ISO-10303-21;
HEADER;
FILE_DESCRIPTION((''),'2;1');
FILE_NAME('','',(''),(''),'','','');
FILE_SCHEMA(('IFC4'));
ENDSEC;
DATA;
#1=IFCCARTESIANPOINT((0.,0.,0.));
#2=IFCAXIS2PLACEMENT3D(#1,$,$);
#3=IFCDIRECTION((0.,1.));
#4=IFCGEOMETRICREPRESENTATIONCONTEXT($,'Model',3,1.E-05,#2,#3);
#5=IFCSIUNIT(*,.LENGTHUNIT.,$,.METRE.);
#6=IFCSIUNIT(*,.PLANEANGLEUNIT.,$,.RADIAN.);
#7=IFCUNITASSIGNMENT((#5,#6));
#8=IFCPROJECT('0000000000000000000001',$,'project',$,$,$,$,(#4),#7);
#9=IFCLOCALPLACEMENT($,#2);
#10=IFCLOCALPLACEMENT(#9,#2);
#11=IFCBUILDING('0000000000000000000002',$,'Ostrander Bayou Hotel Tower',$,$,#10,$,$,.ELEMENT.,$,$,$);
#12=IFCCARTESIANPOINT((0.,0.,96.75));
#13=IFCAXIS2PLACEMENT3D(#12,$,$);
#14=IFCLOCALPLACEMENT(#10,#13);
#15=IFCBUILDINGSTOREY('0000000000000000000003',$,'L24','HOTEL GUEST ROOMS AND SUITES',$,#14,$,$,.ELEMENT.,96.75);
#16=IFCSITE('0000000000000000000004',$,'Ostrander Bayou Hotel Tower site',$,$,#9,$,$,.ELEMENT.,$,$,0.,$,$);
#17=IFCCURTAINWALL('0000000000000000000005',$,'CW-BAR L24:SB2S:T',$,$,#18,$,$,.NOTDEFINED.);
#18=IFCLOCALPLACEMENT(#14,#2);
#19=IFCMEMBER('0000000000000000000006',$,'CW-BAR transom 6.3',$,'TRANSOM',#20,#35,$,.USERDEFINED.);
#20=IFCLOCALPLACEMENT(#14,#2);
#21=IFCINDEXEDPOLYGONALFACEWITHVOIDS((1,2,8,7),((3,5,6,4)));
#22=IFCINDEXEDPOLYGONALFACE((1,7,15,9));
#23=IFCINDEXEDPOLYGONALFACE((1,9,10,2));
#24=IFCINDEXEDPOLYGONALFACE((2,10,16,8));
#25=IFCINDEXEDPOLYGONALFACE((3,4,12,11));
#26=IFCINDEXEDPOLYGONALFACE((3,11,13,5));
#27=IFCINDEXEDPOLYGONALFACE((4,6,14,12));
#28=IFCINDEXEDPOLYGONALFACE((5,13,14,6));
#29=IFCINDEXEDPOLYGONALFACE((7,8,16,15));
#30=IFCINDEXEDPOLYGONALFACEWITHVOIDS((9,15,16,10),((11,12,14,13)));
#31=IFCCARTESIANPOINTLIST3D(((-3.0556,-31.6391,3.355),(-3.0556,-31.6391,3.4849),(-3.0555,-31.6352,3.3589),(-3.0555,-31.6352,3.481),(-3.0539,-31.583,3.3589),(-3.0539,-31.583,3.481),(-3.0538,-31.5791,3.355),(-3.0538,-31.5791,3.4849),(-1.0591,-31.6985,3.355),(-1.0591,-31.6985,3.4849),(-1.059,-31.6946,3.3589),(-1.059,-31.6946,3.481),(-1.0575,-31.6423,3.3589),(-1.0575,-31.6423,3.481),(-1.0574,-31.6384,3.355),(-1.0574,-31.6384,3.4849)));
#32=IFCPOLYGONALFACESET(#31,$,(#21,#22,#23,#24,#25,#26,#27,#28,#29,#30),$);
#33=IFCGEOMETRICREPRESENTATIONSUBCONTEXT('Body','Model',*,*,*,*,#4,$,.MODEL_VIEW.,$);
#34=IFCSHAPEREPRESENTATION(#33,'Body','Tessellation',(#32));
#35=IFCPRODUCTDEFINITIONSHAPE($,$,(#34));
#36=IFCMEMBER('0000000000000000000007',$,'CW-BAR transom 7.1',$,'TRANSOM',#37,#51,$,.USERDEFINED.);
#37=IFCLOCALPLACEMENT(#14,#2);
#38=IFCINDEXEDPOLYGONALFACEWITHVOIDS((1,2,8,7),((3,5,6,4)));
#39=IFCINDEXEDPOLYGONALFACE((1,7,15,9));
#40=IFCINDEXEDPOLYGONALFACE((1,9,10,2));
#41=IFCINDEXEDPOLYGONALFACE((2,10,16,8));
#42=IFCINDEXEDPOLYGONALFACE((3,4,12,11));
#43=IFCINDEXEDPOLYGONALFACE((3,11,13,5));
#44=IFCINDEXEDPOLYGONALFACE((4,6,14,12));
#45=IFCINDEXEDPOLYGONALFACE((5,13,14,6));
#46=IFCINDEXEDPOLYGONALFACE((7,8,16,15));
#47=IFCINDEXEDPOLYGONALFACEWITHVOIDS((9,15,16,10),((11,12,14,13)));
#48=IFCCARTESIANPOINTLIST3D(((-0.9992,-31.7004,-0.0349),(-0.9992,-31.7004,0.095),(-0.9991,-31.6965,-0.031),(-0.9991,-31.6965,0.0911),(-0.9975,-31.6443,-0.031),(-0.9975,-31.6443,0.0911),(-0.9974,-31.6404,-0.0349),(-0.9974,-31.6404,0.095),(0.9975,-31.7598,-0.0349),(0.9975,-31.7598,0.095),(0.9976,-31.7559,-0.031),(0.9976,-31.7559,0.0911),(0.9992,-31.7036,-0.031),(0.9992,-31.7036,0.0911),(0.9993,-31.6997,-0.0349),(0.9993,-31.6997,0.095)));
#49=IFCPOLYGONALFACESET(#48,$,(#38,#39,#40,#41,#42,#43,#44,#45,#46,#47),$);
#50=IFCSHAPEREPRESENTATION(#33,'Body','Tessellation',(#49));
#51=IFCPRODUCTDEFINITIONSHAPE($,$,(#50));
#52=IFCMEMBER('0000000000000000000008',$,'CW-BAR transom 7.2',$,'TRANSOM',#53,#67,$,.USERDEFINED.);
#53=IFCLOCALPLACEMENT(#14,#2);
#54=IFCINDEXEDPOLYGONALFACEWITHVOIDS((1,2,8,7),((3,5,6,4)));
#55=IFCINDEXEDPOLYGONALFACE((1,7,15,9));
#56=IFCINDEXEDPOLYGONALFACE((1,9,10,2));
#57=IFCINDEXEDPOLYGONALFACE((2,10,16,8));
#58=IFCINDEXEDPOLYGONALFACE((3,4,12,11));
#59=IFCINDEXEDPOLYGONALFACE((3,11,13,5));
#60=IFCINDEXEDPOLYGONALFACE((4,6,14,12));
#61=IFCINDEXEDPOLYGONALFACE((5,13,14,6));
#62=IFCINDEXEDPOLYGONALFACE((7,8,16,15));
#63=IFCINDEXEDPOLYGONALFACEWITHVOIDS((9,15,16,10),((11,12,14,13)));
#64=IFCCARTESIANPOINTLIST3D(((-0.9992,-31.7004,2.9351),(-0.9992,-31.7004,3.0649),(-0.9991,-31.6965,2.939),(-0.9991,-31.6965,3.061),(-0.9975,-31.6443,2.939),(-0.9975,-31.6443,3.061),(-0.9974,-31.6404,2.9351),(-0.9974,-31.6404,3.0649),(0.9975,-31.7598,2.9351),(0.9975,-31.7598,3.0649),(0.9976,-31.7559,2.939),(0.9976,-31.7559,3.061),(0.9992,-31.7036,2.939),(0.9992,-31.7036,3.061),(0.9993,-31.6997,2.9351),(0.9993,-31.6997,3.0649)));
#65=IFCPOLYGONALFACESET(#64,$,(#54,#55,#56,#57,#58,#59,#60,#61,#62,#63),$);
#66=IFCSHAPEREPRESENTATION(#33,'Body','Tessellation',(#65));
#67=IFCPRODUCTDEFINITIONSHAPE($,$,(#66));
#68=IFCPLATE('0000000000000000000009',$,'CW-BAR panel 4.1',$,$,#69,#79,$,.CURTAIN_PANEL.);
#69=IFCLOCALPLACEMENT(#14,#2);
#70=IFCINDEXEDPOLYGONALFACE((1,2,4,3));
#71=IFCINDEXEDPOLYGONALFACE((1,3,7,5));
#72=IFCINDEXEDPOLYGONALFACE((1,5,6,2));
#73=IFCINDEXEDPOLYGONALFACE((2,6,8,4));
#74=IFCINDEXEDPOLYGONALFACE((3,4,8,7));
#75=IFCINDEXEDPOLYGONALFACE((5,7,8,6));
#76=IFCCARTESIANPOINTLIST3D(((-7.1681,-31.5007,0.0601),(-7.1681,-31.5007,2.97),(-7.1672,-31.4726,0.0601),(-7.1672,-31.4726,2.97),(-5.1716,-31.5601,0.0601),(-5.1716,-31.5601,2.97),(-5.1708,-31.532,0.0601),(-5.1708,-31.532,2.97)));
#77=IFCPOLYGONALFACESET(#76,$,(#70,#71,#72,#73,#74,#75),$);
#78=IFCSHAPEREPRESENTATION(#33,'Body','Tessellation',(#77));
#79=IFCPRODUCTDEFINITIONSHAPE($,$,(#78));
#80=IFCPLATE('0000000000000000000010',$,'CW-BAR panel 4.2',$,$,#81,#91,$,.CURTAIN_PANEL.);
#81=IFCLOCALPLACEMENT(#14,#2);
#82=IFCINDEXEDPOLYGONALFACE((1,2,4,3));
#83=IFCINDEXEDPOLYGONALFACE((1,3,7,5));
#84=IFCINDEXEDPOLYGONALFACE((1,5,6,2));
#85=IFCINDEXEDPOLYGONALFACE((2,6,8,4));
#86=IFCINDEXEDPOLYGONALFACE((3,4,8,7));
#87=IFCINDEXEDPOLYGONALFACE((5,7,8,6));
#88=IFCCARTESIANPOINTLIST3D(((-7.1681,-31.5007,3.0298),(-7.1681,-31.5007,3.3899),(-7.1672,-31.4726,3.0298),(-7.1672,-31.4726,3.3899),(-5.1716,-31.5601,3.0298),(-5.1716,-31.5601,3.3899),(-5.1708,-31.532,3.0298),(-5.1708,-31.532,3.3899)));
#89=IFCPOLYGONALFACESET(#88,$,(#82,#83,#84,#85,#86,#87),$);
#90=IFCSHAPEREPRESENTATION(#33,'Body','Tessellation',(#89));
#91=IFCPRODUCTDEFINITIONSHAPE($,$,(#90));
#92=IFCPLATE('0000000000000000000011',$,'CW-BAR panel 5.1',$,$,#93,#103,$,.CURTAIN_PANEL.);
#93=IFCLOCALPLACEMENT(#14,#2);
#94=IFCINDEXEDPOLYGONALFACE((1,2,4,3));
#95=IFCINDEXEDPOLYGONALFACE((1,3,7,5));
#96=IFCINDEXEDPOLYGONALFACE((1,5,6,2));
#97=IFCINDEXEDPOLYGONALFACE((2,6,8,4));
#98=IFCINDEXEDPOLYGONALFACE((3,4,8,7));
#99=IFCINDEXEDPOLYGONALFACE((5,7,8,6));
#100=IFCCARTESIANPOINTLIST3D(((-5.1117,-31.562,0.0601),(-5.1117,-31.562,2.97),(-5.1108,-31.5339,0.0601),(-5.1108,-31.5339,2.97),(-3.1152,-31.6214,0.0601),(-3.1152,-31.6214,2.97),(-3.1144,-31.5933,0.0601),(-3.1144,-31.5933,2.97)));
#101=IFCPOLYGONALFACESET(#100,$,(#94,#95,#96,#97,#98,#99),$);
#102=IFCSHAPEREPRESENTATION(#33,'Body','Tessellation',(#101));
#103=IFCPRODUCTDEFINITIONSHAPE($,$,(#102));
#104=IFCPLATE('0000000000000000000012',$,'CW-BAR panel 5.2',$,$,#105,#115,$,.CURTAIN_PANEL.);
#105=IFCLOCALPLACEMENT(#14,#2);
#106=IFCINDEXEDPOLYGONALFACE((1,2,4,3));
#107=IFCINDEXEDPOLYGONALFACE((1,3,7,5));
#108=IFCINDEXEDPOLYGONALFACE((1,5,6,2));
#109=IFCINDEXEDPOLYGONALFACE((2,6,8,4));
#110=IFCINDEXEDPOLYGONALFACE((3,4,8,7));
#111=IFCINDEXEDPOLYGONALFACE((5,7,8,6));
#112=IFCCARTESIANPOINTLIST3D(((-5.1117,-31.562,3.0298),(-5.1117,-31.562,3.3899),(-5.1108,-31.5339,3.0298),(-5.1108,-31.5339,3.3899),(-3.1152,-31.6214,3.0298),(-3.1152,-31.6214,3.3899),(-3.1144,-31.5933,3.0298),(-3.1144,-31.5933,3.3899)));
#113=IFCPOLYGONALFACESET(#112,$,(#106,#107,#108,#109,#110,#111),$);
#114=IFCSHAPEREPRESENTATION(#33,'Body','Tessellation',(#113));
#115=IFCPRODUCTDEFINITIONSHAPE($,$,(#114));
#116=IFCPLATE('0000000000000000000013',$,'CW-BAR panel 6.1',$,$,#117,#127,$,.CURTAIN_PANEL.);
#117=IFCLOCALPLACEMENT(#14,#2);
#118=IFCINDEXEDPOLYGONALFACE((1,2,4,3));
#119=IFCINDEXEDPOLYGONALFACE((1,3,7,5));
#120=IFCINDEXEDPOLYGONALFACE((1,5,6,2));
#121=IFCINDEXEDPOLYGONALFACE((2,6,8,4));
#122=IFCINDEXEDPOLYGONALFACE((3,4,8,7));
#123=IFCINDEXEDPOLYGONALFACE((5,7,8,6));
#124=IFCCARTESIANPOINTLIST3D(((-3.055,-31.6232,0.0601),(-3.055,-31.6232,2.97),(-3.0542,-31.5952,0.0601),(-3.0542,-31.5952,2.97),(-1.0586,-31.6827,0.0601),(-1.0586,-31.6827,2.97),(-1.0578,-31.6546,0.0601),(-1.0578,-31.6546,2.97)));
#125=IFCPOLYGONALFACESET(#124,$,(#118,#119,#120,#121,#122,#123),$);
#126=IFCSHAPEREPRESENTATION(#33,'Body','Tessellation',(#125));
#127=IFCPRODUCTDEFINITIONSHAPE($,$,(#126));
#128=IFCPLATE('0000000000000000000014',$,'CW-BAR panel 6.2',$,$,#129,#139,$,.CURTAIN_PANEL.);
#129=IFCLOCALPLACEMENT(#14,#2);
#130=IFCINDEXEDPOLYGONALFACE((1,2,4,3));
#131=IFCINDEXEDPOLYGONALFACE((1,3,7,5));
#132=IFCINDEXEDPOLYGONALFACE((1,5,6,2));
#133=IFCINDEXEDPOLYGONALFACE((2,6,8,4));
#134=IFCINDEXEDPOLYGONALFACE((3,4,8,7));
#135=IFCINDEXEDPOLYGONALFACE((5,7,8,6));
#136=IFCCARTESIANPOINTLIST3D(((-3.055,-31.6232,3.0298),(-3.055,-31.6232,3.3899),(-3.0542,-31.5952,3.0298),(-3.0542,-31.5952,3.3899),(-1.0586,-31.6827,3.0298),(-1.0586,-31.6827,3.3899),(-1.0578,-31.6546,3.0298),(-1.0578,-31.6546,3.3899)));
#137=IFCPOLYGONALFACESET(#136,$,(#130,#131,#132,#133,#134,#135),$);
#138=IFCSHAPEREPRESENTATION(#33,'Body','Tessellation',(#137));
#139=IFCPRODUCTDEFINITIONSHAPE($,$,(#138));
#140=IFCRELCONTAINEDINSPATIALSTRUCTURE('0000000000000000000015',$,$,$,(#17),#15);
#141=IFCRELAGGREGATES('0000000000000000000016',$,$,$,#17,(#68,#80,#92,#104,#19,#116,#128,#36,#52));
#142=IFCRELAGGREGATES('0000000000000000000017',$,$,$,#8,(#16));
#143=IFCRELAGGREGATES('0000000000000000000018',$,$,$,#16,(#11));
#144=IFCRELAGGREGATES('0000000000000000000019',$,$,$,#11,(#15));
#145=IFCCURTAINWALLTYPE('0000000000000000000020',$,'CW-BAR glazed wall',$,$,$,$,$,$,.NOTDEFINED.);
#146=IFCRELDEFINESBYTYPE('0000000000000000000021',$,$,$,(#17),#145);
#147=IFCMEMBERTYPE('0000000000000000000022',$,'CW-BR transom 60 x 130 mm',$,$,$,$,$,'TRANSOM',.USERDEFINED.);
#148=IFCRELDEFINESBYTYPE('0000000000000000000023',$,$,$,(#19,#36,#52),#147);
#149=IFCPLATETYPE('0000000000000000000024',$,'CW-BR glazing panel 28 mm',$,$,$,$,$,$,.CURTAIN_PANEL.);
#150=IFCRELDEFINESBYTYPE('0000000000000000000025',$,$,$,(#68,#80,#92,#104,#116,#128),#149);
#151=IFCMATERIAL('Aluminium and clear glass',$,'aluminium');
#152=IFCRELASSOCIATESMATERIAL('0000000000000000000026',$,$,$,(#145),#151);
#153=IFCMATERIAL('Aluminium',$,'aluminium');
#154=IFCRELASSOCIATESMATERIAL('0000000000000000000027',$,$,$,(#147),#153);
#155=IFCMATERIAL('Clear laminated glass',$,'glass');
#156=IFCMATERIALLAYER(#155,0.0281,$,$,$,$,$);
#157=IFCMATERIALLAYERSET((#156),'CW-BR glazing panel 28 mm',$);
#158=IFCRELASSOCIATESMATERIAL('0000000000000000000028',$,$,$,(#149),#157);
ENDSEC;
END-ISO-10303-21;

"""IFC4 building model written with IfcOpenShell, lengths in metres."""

from ifc_helpers import new_model, si_unit, direction, frame, origin, origin_2d, place, context, subcontext, project, spatial, rectangle, hollow_rectangle, extrude, material, layer, layer_set, material_profile, profile_set, type_object, element, aggregate, save


model = new_model("IFC4")

# Units and contexts
model_context = context("Model", 3, precision=1e-05, world=origin(), true_north=direction((0.0, 1.0)))
body_context = subcontext(model_context, "Body", "Model", "MODEL_VIEW")
ifc_project = project(units=[si_unit("LENGTHUNIT", "METRE"), si_unit("PLANEANGLEUNIT", "RADIAN")], contexts=[model_context])

# Site, building, storey
site_placement = place(None, origin())
site = spatial("IfcSite", under=ifc_project, at=site_placement, Name="Ostrander Bayou Hotel Tower site", CompositionType="ELEMENT", RefElevation=0.0)
building_placement = place(site_placement, origin())
building = spatial("IfcBuilding", under=site, at=building_placement, Name="Ostrander Bayou Hotel Tower", CompositionType="ELEMENT")
storey_placement = place(building_placement, frame((0.0, 0.0, 96.75)))
storey = spatial("IfcBuildingStorey", under=building, at=storey_placement, Name="L24", Description="HOTEL GUEST ROOMS AND SUITES", CompositionType="ELEMENT", Elevation=96.75)

# Curtain wall, members, plates
ifc_material_1 = material(Name="Aluminium and clear glass", Category="aluminium")
curtain_wall_type = type_object("IfcCurtainWallType", Name="CW-BAR glazed wall", PredefinedType="NOTDEFINED", material=ifc_material_1)
curtain_wall_placement = place(storey_placement, origin())
curtain_wall = element("IfcCurtainWall", 1, at=curtain_wall_placement, inside=storey, type_object=curtain_wall_type, Name="CW-BAR L24:SB2S:T", PredefinedType="NOTDEFINED")
ifc_material_2 = material(Name="Aluminium", Category="aluminium")
ifc_material_profile_1 = material_profile(ifc_material_2, hollow_rectangle(XDim=0.0601, YDim=0.1299, WallThickness=0.0039, at=origin_2d()))
ifc_profile_set_1 = profile_set([ifc_material_profile_1], Name="Aluminium")
member_type_1 = type_object("IfcMemberType", Name="CW-BR transom 60 x 130 mm", ElementType="TRANSOM", PredefinedType="USERDEFINED", material=ifc_profile_set_1)
member_1_placement = place(storey_placement, frame((-3.0547, -31.6091, 3.4199), z_axis=(0.999559, -0.029704, 0.0), x_axis=(0.029704, 0.999559, 0.0)))
member_1 = element("IfcMember", 2, at=member_1_placement, type_object=member_type_1, Name="CW-BAR transom 6.3", ObjectType="TRANSOM", PredefinedType="USERDEFINED", context=body_context, shape_type="SweptSolid", body=[
    extrude(hollow_rectangle(XDim=0.0601, YDim=0.1299, WallThickness=0.0039, at=origin_2d()), origin(), (0.0, 0.0, 1.0), 1.9973),
])
member_2_placement = place(storey_placement, frame((-0.9983, -31.6704, 0.03), z_axis=(0.999559, -0.029701, 0.0), x_axis=(0.029701, 0.999559, 0.0)))
member_2 = element("IfcMember", 3, at=member_2_placement, type_object=member_type_1, Name="CW-BAR transom 7.1", ObjectType="TRANSOM", PredefinedType="USERDEFINED", context=body_context, shape_type="SweptSolid", body=[
    extrude(hollow_rectangle(XDim=0.0601, YDim=0.1299, WallThickness=0.0039, at=origin_2d()), origin(), (0.0, 0.0, 1.0), 1.9976),
])
member_3_placement = place(storey_placement, frame((-0.9983, -31.6704, 3.0), z_axis=(0.999559, -0.029701, 0.0), x_axis=(0.029701, 0.999559, 0.0)))
member_3 = element("IfcMember", 4, at=member_3_placement, type_object=member_type_1, Name="CW-BAR transom 7.2", ObjectType="TRANSOM", PredefinedType="USERDEFINED", context=body_context, shape_type="SweptSolid", body=[
    extrude(hollow_rectangle(XDim=0.0601, YDim=0.1299, WallThickness=0.0039, at=origin_2d()), origin(), (0.0, 0.0, 1.0), 1.9976),
])
ifc_material_3 = material(Name="Clear laminated glass", Category="glass")
ifc_layer_1 = layer(ifc_material_3, 0.0281)
ifc_layer_set_1 = layer_set([ifc_layer_1], Name="CW-BR glazing panel 28 mm")
plate_type = type_object("IfcPlateType", Name="CW-BR glazing panel 28 mm", PredefinedType="CURTAIN_PANEL", material=ifc_layer_set_1)
plate_1_placement = place(storey_placement, frame((-6.1694, -31.5164, 0.0601), z_axis=(0.0, 0.0, 1.0), x_axis=(0.999557, -0.029746, 0.0)))
plate_1 = element("IfcPlate", 5, at=plate_1_placement, type_object=plate_type, Name="CW-BAR panel 4.1", PredefinedType="CURTAIN_PANEL", context=body_context, shape_type="SweptSolid", body=[
    extrude(rectangle(XDim=1.9973, YDim=0.0281, at=origin_2d()), origin(), (0.0, 0.0, 1.0), 2.9099),
])
plate_2_placement = place(storey_placement, frame((-6.1694, -31.5164, 3.0298), z_axis=(0.0, 0.0, 1.0), x_axis=(0.999557, -0.029746, 0.0)))
plate_2 = element("IfcPlate", 6, at=plate_2_placement, type_object=plate_type, Name="CW-BAR panel 4.2", PredefinedType="CURTAIN_PANEL", context=body_context, shape_type="SweptSolid", body=[
    extrude(rectangle(XDim=1.9973, YDim=0.0281, at=origin_2d()), origin(), (0.0, 0.0, 1.0), 0.3601),
])
plate_3_placement = place(storey_placement, frame((-4.113, -31.5776, 0.0601), z_axis=(0.0, 0.0, 1.0), x_axis=(0.999557, -0.029746, 0.0)))
plate_3 = element("IfcPlate", 7, at=plate_3_placement, type_object=plate_type, Name="CW-BAR panel 5.1", PredefinedType="CURTAIN_PANEL", context=body_context, shape_type="SweptSolid", body=[
    extrude(rectangle(XDim=1.9973, YDim=0.0281, at=origin_2d()), origin(), (0.0, 0.0, 1.0), 2.9099),
])
plate_4_placement = place(storey_placement, frame((-4.113, -31.5776, 3.0298), z_axis=(0.0, 0.0, 1.0), x_axis=(0.999557, -0.029746, 0.0)))
plate_4 = element("IfcPlate", 8, at=plate_4_placement, type_object=plate_type, Name="CW-BAR panel 5.2", PredefinedType="CURTAIN_PANEL", context=body_context, shape_type="SweptSolid", body=[
    extrude(rectangle(XDim=1.9973, YDim=0.0281, at=origin_2d()), origin(), (0.0, 0.0, 1.0), 0.3601),
])
plate_5_placement = place(storey_placement, frame((-2.0564, -31.6389, 0.0601), z_axis=(0.0, 0.0, 1.0), x_axis=(0.999557, -0.029746, 0.0)))
plate_5 = element("IfcPlate", 9, at=plate_5_placement, type_object=plate_type, Name="CW-BAR panel 6.1", PredefinedType="CURTAIN_PANEL", context=body_context, shape_type="SweptSolid", body=[
    extrude(rectangle(XDim=1.9973, YDim=0.0281, at=origin_2d()), origin(), (0.0, 0.0, 1.0), 2.9099),
])
plate_6_placement = place(storey_placement, frame((-2.0564, -31.6389, 3.0298), z_axis=(0.0, 0.0, 1.0), x_axis=(0.999557, -0.029746, 0.0)))
plate_6 = element("IfcPlate", 10, at=plate_6_placement, type_object=plate_type, Name="CW-BAR panel 6.2", PredefinedType="CURTAIN_PANEL", context=body_context, shape_type="SweptSolid", body=[
    extrude(rectangle(XDim=1.9973, YDim=0.0281, at=origin_2d()), origin(), (0.0, 0.0, 1.0), 0.3601),
])
aggregate(curtain_wall, [plate_1, plate_2, plate_3, plate_4, member_1, plate_5, plate_6, member_2, member_3])

save(model, "model.ifc")
